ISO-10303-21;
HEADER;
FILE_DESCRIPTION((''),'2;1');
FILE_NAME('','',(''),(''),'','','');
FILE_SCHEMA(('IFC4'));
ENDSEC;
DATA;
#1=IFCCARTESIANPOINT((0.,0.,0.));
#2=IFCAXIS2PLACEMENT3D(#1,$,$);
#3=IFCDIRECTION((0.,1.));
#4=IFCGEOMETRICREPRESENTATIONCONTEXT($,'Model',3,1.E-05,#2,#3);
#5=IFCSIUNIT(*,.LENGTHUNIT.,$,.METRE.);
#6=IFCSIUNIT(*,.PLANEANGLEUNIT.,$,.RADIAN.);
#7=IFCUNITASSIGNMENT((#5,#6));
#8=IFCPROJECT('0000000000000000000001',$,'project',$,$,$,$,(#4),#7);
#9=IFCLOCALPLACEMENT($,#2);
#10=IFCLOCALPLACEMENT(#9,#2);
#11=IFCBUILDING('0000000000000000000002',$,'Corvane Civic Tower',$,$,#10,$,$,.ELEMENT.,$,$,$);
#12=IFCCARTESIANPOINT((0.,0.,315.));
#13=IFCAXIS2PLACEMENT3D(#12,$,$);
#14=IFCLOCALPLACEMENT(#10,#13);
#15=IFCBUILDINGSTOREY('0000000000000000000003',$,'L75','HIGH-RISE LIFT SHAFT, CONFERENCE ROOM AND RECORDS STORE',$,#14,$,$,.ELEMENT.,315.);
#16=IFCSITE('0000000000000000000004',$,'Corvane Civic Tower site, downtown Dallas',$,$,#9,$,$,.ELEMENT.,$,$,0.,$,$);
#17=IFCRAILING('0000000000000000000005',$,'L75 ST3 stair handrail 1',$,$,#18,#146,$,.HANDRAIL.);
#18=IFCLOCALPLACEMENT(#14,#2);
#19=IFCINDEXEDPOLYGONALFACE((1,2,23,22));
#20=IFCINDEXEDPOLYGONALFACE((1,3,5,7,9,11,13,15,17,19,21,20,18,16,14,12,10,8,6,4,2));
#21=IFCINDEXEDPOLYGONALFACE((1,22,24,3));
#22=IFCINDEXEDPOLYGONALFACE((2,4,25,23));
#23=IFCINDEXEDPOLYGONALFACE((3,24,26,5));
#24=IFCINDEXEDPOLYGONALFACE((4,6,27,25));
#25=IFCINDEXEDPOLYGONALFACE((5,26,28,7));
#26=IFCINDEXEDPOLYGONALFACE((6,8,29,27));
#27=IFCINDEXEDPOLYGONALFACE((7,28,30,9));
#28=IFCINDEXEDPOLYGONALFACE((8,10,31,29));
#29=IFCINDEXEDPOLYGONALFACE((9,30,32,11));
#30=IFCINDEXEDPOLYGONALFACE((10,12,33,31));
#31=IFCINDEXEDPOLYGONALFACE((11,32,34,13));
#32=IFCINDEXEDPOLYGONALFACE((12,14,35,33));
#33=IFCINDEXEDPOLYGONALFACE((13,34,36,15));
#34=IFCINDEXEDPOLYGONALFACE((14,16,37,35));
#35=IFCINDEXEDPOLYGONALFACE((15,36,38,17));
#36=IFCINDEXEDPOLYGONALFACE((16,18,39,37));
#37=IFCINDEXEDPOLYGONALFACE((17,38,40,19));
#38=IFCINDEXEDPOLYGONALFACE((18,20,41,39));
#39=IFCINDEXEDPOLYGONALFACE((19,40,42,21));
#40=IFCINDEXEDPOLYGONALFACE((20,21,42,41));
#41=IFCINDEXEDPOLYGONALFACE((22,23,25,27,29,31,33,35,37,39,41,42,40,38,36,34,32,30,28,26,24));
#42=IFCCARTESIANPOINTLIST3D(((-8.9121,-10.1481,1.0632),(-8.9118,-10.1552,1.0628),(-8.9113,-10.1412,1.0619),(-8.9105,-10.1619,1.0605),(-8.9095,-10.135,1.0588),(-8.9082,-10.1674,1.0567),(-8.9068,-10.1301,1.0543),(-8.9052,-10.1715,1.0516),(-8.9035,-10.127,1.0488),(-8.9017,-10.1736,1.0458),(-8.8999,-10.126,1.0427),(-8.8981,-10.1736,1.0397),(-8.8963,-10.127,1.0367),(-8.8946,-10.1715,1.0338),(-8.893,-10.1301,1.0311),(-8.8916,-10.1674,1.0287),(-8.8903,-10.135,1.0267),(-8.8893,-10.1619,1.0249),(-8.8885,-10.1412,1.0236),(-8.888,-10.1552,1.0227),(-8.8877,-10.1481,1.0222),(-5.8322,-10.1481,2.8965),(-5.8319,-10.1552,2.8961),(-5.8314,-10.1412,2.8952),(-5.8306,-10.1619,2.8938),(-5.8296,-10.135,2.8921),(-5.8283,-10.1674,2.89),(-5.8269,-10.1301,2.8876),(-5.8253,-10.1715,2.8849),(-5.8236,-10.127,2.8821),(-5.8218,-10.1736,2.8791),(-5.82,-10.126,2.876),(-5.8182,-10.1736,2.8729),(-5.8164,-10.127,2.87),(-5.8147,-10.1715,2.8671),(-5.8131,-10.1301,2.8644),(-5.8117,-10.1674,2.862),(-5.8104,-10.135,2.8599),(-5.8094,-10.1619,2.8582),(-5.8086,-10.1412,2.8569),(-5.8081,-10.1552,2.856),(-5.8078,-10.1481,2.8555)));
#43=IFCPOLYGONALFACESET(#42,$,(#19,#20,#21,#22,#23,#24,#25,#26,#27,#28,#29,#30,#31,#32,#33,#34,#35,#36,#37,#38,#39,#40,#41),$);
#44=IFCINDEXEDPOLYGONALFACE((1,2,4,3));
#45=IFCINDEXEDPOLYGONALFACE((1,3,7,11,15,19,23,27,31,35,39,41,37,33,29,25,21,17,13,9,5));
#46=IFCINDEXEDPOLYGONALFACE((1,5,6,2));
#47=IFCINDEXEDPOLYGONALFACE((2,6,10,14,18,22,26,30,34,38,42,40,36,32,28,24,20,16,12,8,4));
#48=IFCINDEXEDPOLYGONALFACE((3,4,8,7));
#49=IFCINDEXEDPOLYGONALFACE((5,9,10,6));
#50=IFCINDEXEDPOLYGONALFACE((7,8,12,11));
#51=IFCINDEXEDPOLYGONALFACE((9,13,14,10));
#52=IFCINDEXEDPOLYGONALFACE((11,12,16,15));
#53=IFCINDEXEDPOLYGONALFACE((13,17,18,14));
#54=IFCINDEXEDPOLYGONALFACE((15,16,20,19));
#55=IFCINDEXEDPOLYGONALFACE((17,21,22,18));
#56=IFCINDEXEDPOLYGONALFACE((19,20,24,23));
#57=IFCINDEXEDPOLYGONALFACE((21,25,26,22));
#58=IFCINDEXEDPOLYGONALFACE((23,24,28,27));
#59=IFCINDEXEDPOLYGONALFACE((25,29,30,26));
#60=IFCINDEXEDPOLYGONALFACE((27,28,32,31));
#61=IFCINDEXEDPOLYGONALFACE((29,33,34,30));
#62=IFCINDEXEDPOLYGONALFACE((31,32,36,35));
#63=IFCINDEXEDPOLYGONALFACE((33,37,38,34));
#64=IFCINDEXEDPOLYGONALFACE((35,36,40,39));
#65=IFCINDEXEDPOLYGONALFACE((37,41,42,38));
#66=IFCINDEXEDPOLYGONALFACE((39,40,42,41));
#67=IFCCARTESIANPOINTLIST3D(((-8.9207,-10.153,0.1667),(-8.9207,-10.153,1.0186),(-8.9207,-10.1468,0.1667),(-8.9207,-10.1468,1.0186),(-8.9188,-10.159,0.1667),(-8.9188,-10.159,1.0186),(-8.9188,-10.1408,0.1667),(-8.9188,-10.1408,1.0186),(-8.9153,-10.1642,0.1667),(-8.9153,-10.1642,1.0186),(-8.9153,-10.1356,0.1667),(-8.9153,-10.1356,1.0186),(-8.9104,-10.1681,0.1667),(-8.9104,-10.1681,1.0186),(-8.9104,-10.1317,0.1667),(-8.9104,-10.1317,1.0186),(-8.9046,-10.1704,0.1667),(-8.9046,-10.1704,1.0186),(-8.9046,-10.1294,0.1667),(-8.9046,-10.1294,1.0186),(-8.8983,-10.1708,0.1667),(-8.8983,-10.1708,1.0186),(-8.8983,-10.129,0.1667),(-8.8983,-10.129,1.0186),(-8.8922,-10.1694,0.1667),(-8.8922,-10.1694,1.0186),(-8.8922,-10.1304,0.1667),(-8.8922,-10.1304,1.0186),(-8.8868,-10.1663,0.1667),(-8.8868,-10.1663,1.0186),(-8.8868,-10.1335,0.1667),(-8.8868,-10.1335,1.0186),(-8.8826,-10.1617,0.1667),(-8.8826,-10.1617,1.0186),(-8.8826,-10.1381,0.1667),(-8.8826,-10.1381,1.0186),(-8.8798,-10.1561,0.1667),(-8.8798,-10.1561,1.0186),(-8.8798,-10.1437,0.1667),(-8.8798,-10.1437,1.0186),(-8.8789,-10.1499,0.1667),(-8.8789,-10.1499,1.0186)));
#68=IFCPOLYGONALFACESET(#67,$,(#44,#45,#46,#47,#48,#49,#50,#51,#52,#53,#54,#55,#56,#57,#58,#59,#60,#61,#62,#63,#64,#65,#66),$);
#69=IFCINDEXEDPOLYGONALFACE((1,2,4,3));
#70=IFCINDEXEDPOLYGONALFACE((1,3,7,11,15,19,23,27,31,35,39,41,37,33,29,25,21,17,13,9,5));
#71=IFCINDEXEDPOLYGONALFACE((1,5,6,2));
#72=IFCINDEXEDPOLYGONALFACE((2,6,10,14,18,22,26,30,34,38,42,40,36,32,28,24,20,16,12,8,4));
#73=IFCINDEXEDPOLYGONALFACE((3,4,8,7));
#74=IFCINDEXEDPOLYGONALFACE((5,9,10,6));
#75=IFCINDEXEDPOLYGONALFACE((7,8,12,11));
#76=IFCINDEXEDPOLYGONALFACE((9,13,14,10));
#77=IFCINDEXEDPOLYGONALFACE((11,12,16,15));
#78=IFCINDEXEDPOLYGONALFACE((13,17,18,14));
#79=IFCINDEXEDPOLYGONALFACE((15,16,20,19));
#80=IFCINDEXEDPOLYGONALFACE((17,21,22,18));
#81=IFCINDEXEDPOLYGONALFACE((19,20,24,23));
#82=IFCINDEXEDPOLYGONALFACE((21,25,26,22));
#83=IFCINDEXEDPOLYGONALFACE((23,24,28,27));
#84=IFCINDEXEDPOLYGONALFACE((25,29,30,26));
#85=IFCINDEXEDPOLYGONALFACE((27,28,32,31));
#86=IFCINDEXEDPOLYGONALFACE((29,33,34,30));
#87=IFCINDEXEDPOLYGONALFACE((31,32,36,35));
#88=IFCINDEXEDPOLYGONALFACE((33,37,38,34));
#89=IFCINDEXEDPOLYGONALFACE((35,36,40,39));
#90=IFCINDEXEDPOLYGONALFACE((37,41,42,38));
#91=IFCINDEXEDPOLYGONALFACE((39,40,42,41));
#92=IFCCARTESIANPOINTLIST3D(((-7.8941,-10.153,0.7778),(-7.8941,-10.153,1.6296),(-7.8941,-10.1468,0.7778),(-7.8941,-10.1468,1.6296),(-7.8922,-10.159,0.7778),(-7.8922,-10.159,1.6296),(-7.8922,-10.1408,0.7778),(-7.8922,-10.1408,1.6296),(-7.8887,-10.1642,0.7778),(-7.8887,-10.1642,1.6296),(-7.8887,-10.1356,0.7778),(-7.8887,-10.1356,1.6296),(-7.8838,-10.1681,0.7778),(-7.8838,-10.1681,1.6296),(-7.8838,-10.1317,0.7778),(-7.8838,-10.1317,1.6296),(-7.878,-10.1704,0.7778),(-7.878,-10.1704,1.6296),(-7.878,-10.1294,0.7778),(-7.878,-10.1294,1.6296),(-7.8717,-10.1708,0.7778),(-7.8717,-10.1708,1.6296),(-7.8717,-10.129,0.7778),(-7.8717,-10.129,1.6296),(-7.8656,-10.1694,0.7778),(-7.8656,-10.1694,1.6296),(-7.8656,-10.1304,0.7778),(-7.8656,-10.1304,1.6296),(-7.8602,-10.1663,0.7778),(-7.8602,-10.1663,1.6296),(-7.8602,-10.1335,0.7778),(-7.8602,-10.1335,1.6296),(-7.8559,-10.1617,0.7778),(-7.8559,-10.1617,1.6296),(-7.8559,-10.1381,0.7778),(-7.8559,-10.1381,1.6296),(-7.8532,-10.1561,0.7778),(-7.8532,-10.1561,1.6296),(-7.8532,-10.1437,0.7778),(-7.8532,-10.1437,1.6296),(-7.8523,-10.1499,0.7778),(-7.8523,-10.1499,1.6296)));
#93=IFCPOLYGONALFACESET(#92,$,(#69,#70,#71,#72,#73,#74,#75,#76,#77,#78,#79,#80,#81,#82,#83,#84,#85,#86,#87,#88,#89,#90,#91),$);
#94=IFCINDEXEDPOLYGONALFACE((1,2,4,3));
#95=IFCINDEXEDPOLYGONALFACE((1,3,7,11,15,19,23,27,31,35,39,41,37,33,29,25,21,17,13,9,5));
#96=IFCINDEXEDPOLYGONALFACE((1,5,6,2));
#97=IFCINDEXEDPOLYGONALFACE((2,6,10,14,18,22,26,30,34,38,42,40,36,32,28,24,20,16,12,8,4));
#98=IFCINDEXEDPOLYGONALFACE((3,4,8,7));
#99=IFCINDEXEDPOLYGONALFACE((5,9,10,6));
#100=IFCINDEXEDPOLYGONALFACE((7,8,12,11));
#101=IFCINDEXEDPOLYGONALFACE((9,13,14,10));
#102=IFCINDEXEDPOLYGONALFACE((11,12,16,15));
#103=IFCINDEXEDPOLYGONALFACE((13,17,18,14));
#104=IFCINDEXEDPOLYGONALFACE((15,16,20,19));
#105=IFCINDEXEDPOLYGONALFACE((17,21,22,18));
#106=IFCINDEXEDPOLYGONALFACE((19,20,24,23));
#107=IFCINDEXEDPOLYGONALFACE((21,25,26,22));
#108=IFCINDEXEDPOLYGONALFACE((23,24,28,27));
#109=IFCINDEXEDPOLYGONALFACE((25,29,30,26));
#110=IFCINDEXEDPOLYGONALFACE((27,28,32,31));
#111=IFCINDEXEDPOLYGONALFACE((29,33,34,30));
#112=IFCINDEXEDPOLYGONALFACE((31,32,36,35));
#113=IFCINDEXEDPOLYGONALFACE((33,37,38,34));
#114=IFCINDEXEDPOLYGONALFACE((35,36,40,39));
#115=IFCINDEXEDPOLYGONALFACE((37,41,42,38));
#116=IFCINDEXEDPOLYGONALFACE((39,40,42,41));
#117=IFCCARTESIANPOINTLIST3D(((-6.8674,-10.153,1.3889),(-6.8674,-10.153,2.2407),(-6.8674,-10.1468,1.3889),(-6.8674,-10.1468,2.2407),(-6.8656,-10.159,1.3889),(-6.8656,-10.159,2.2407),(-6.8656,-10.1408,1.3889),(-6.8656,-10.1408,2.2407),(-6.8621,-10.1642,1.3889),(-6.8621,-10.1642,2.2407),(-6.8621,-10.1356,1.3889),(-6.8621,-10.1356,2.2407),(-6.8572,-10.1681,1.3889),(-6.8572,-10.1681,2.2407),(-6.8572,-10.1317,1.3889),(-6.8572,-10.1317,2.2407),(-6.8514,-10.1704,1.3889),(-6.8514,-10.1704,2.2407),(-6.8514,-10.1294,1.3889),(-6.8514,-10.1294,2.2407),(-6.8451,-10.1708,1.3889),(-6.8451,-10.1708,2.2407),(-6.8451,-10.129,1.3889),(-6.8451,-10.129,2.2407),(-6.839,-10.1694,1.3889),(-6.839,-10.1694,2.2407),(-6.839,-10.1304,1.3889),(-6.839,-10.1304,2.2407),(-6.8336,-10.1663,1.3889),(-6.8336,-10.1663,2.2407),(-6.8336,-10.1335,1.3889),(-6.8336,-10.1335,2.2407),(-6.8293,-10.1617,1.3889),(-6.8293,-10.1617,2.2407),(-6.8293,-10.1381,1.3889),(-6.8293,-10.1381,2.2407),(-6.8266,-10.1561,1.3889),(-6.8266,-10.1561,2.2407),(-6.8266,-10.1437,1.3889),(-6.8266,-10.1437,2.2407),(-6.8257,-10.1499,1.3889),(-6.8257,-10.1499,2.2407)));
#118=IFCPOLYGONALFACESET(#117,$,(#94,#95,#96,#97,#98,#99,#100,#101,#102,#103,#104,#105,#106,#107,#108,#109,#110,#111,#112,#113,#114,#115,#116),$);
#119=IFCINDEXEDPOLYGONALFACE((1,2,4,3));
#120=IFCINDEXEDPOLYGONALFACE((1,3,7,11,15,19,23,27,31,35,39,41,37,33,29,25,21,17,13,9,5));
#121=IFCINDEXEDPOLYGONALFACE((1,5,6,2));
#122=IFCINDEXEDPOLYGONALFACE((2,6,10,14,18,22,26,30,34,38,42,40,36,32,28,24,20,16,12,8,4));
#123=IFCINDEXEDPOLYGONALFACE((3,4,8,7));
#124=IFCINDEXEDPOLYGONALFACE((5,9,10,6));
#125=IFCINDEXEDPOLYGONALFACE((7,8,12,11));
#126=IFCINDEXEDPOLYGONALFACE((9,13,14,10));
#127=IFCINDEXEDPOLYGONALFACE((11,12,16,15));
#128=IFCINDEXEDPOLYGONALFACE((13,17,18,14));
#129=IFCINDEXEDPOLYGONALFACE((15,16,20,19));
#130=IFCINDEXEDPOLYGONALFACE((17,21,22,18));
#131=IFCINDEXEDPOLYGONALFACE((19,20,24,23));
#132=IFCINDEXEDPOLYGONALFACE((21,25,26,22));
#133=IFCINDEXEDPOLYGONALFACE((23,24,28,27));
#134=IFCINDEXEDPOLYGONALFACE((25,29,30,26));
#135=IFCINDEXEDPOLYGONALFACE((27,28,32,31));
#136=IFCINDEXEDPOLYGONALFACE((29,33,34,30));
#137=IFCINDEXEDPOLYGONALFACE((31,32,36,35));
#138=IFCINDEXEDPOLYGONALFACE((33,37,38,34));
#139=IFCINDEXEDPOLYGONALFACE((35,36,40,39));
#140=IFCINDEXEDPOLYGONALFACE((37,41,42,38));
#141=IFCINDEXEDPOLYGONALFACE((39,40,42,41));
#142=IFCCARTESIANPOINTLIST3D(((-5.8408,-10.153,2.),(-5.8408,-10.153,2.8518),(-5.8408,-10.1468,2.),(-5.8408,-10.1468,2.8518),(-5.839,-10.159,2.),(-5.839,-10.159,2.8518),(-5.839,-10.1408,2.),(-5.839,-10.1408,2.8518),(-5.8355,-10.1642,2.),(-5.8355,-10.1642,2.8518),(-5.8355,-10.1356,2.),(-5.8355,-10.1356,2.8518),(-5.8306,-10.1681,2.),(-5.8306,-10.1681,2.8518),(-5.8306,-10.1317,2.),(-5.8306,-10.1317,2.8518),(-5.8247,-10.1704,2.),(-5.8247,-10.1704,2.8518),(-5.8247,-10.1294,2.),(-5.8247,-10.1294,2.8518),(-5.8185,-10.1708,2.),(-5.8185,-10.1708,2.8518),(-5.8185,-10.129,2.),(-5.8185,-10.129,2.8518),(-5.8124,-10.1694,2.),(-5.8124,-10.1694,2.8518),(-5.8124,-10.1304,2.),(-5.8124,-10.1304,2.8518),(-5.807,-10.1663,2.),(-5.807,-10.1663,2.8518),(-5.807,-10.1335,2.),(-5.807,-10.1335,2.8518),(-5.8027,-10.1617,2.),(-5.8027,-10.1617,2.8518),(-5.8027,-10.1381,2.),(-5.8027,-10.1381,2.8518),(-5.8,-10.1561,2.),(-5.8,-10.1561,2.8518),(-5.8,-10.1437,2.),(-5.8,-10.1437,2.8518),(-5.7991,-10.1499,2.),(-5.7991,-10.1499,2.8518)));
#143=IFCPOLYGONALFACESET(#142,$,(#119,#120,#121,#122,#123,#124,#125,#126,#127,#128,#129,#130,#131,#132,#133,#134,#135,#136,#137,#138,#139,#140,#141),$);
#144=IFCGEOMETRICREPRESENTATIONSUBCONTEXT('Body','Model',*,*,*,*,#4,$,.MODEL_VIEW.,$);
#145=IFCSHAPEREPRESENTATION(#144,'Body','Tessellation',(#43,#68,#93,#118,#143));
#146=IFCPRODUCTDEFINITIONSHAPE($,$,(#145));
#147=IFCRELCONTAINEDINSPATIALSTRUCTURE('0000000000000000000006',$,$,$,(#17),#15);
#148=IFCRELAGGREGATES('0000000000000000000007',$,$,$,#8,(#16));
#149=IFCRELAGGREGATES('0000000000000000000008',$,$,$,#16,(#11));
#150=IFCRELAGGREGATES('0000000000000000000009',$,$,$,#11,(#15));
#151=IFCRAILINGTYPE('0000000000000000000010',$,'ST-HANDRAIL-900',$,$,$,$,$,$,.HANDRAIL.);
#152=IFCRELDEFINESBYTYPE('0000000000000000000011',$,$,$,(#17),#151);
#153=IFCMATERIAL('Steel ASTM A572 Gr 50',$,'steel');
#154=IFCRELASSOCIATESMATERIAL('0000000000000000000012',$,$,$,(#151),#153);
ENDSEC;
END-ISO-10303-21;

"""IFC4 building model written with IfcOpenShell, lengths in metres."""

from ifc_helpers import new_model, si_unit, direction, frame, origin, origin_2d, place, context, subcontext, project, spatial, circle, extrude, material, type_object, element, save


model = new_model("IFC4")

# Units and contexts
model_context = context("Model", 3, precision=1e-05, world=origin(), true_north=direction((0.0, 1.0)))
body_context = subcontext(model_context, "Body", "Model", "MODEL_VIEW")
ifc_project = project(units=[si_unit("LENGTHUNIT", "METRE"), si_unit("PLANEANGLEUNIT", "RADIAN")], contexts=[model_context])

# Site, building, storey
site_placement = place(None, origin())
site = spatial("IfcSite", under=ifc_project, at=site_placement, Name="Corvane Civic Tower site, downtown Dallas", CompositionType="ELEMENT", RefElevation=0.0)
building_placement = place(site_placement, origin())
building = spatial("IfcBuilding", under=site, at=building_placement, Name="Corvane Civic Tower", CompositionType="ELEMENT")
storey_placement = place(building_placement, frame((0.0, 0.0, 315.0)))
storey = spatial("IfcBuildingStorey", under=building, at=storey_placement, Name="L75", Description="HIGH-RISE LIFT SHAFT, CONFERENCE ROOM AND RECORDS STORE", CompositionType="ELEMENT", Elevation=315.0)

# Railing
ifc_material_1 = material(Name="Steel ASTM A572 Gr 50", Category="steel")
railing_type_1 = type_object("IfcRailingType", Name="ST-HANDRAIL-900", PredefinedType="HANDRAIL", material=ifc_material_1)
railing_1_placement = place(storey_placement, frame((-8.8999, -10.1499, 0.1667)))
element("IfcRailing", 1, at=railing_1_placement, inside=storey, type_object=railing_type_1, Name="L75 ST3 stair handrail 1", PredefinedType="HANDRAIL", context=body_context, shape_type="SweptSolid", body=[
    extrude(circle(Radius=0.0239, at=origin_2d()), frame((0.0, 0.0, 0.876), z_axis=(0.859291, 0.0, 0.511487), x_axis=(0.0, 1.0, 0.0)), (0.0, 0.0, 1.0), 3.5842),
    extrude(circle(Radius=0.021, at=origin_2d()), origin(), (0.0, 0.0, 1.0), 0.8518),
    extrude(circle(Radius=0.021, at=origin_2d()), frame((1.0266, 0.0, 0.6111)), (0.0, 0.0, 1.0), 0.8518),
    extrude(circle(Radius=0.021, at=origin_2d()), frame((2.0532, 0.0, 1.2222)), (0.0, 0.0, 1.0), 0.8518),
    extrude(circle(Radius=0.021, at=origin_2d()), frame((3.0798, 0.0, 1.8333)), (0.0, 0.0, 1.0), 0.8518),
])

save(model, "model.ifc")
